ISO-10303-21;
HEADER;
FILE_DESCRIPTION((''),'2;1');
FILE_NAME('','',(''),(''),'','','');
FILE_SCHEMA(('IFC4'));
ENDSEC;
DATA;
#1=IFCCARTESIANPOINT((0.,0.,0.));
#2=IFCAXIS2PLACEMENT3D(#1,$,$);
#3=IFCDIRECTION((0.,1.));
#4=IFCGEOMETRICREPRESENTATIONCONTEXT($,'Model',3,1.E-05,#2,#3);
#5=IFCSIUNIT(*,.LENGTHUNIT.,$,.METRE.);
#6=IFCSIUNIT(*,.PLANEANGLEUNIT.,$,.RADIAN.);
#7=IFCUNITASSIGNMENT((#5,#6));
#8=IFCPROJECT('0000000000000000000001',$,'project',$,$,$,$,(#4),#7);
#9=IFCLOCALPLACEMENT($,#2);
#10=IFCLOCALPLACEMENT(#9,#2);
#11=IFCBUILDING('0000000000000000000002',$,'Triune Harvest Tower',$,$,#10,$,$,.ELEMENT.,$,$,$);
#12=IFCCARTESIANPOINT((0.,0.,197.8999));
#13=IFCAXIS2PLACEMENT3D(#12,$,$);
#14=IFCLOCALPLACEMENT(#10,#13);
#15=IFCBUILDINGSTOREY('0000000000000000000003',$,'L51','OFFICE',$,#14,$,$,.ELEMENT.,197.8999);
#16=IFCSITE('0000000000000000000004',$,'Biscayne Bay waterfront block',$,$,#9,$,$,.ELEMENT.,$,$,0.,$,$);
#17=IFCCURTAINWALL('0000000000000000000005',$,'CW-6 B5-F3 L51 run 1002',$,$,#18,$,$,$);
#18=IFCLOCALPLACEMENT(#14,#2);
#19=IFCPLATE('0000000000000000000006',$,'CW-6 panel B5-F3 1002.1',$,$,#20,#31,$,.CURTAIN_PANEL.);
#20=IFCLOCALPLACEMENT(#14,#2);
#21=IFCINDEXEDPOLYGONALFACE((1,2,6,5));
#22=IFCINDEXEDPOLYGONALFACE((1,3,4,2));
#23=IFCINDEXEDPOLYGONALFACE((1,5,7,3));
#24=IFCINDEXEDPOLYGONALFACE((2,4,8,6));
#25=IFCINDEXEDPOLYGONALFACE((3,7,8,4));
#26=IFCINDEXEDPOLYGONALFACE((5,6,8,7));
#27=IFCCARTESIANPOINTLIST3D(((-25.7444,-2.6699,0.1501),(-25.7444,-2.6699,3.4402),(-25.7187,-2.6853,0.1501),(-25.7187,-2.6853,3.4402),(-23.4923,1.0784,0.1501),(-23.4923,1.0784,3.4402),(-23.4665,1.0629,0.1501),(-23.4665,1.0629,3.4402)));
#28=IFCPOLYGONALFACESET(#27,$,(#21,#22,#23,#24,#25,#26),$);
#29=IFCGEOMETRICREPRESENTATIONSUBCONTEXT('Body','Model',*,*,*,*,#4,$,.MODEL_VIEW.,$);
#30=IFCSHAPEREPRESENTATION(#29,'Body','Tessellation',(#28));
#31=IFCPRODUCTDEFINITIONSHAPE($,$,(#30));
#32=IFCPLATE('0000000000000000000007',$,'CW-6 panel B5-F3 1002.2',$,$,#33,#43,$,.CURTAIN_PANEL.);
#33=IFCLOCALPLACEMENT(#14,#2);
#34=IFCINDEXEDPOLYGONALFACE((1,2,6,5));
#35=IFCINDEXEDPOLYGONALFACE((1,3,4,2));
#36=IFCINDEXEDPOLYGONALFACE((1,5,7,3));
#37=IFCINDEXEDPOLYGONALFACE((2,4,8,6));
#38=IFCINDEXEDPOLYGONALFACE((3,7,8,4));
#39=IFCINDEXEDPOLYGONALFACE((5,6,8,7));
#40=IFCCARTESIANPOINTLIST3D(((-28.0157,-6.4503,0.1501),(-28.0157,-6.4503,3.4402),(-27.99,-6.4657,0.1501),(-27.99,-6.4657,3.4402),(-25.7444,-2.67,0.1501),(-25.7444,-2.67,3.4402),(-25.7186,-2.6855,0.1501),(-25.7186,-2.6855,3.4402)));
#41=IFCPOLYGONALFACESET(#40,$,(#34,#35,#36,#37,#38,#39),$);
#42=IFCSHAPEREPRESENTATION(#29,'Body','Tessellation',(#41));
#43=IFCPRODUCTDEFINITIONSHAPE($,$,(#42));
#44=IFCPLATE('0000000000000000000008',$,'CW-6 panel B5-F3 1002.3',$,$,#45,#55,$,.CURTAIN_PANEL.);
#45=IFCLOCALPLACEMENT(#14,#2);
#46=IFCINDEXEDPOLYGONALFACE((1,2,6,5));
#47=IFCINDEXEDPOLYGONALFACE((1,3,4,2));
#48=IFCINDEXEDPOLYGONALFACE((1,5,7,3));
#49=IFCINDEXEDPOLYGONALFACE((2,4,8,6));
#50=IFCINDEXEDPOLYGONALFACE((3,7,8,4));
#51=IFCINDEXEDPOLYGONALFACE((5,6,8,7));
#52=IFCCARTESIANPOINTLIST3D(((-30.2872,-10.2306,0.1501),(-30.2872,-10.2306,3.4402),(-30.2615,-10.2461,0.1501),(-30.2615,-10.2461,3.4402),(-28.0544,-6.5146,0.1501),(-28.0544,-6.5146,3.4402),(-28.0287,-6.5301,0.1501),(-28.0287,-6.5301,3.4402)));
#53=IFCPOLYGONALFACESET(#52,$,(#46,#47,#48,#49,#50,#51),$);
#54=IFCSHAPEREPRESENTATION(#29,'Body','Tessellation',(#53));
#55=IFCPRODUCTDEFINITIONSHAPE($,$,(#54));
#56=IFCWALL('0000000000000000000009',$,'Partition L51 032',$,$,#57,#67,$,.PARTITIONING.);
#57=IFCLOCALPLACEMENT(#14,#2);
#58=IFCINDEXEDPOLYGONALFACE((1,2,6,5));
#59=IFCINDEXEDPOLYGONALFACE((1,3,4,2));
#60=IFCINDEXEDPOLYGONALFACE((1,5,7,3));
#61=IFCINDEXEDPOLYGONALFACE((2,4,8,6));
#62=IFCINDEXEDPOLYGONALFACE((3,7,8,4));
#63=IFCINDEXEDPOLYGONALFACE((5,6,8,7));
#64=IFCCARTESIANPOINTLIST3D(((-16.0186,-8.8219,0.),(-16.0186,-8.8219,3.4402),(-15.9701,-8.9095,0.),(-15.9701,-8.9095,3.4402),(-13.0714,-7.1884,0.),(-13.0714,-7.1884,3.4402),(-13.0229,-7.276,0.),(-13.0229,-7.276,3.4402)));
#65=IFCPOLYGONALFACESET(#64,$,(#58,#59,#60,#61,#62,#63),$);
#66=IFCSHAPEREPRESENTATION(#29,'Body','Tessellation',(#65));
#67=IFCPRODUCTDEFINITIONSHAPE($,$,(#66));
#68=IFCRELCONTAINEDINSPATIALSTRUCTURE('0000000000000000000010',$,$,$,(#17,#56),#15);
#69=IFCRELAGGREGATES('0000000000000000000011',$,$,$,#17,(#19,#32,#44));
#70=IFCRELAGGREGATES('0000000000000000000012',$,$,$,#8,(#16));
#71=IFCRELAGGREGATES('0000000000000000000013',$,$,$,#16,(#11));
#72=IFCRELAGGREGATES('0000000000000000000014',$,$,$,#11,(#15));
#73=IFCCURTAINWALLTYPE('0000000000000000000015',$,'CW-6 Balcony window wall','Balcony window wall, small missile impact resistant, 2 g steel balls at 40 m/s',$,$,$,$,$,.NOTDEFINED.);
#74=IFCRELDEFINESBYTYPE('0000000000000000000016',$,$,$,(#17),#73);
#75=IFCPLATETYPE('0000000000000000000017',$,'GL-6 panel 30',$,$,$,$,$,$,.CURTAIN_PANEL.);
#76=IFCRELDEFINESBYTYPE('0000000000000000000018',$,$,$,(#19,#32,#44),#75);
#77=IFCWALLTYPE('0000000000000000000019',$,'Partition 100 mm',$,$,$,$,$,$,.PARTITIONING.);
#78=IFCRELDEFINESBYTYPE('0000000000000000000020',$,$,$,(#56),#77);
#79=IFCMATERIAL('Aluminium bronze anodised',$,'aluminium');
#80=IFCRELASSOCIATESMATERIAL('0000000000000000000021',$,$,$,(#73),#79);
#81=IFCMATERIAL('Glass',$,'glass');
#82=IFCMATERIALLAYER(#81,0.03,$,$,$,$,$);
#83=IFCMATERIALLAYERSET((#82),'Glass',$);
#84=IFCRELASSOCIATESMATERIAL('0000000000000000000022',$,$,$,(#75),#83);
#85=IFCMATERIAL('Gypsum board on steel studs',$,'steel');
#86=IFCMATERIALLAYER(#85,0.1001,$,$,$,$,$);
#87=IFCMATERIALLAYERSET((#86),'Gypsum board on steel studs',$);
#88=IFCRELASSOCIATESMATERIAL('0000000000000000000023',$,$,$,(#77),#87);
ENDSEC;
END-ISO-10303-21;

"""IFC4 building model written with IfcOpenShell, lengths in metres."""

from ifc_helpers import new_model, si_unit, direction, frame, frame_2d, origin, origin_2d, place, context, subcontext, project, spatial, rectangle, extrude, source, transform, mapped, material, layer, layer_set, type_object, element, aggregate, save


model = new_model("IFC4")

# Units and contexts
model_context = context("Model", 3, precision=1e-05, world=origin(), true_north=direction((0.0, 1.0)))
body_context = subcontext(model_context, "Body", "Model", "MODEL_VIEW")
ifc_project = project(units=[si_unit("LENGTHUNIT", "METRE"), si_unit("PLANEANGLEUNIT", "RADIAN")], contexts=[model_context])

# Site, building, storey
site_placement = place(None, origin())
site = spatial("IfcSite", under=ifc_project, at=site_placement, Name="Biscayne Bay waterfront block", CompositionType="ELEMENT", RefElevation=0.0)
building_placement = place(site_placement, origin())
building = spatial("IfcBuilding", under=site, at=building_placement, Name="Triune Harvest Tower", CompositionType="ELEMENT")
storey_placement = place(building_placement, frame((0.0, 0.0, 197.8999)))
storey = spatial("IfcBuildingStorey", under=building, at=storey_placement, Name="L51", Description="OFFICE", CompositionType="ELEMENT", Elevation=197.8999)

# Curtain wall
ifc_material_1 = material(Name="Aluminium bronze anodised", Category="aluminium")
curtain_wall_type_1 = type_object("IfcCurtainWallType", Name="CW-6 Balcony window wall", Description="Balcony window wall, small missile impact resistant, 2 g steel balls at 40 m/s", PredefinedType="NOTDEFINED", material=ifc_material_1)
curtain_wall_1_placement = place(storey_placement, origin())
curtain_wall_1 = element("IfcCurtainWall", 1, at=curtain_wall_1_placement, inside=storey, type_object=curtain_wall_type_1, Name="CW-6 B5-F3 L51 run 1002")

# Plates
ifc_material_2 = material(Name="Glass", Category="glass")
ifc_layer_1 = layer(ifc_material_2, 0.03)
ifc_layer_set_1 = layer_set([ifc_layer_1], Name="Glass")
plate_type_1 = type_object("IfcPlateType", Name="GL-6 panel 30", PredefinedType="CURTAIN_PANEL", material=ifc_layer_set_1)
shared_shape_1 = source(origin(), body_context, "Body", "SweptSolid", [
    extrude(rectangle(XDim=4.3728, YDim=0.03, at=origin_2d()), origin(), (0.0, 0.0, 1.0), 3.29),
])
plate_1_placement = place(storey_placement, frame((-24.6055, -0.8035, 0.1501), z_axis=(0.0, 0.0, 1.0), x_axis=(-0.515034, -0.85717, 0.0)))
plate_1 = element("IfcPlate", 2, at=plate_1_placement, type_object=plate_type_1, Name="CW-6 panel B5-F3 1002.1", PredefinedType="CURTAIN_PANEL", context=body_context, shape_type="MappedRepresentation", body=[
    mapped(shared_shape_1, transform((0.0, 0.0, 0.0), scale=1.0)),
])
shared_shape_2 = source(origin(), body_context, "Body", "SweptSolid", [
    extrude(rectangle(XDim=4.4102, YDim=0.03, at=origin_2d()), origin(), (0.0, 0.0, 1.0), 3.29),
])
plate_2_placement = place(storey_placement, frame((-26.8672, -4.5679, 0.1501), z_axis=(0.0, 0.0, 1.0), x_axis=(-0.515034, -0.85717, 0.0)))
plate_2 = element("IfcPlate", 3, at=plate_2_placement, type_object=plate_type_1, Name="CW-6 panel B5-F3 1002.2", PredefinedType="CURTAIN_PANEL", context=body_context, shape_type="MappedRepresentation", body=[
    mapped(shared_shape_2, transform((0.0, 0.0, 0.0), scale=1.0)),
])
shared_shape_3 = source(origin(), body_context, "Body", "SweptSolid", [
    extrude(rectangle(XDim=4.3352, YDim=0.03, at=origin_2d()), origin(), (0.0, 0.0, 1.0), 3.29),
])
plate_3_placement = place(storey_placement, frame((-29.158, -8.3804, 0.1501), z_axis=(0.0, 0.0, 1.0), x_axis=(-0.515034, -0.85717, 0.0)))
plate_3 = element("IfcPlate", 4, at=plate_3_placement, type_object=plate_type_1, Name="CW-6 panel B5-F3 1002.3", PredefinedType="CURTAIN_PANEL", context=body_context, shape_type="MappedRepresentation", body=[
    mapped(shared_shape_3, transform((0.0, 0.0, 0.0), scale=1.0)),
])
aggregate(curtain_wall_1, [plate_1, plate_2, plate_3])

# Wall
ifc_material_3 = material(Name="Gypsum board on steel studs", Category="steel")
ifc_layer_2 = layer(ifc_material_3, 0.1001)
ifc_layer_set_2 = layer_set([ifc_layer_2], Name="Gypsum board on steel studs")
wall_type = type_object("IfcWallType", Name="Partition 100 mm", PredefinedType="PARTITIONING", material=ifc_layer_set_2)
wall_placement = place(storey_placement, frame((-15.9944, -8.8657, 0.0), z_axis=(0.0, 0.0, 1.0), x_axis=(0.874639, 0.484775, 0.0)))
element("IfcWall", 5, at=wall_placement, inside=storey, type_object=wall_type, Name="Partition L51 032", PredefinedType="PARTITIONING", context=body_context, shape_type="SweptSolid", body=[
    extrude(rectangle(XDim=3.3696, YDim=0.1001, at=frame_2d((1.6848, 0.0))), origin(), (0.0, 0.0, 1.0), 3.4402),
])

save(model, "model.ifc")
